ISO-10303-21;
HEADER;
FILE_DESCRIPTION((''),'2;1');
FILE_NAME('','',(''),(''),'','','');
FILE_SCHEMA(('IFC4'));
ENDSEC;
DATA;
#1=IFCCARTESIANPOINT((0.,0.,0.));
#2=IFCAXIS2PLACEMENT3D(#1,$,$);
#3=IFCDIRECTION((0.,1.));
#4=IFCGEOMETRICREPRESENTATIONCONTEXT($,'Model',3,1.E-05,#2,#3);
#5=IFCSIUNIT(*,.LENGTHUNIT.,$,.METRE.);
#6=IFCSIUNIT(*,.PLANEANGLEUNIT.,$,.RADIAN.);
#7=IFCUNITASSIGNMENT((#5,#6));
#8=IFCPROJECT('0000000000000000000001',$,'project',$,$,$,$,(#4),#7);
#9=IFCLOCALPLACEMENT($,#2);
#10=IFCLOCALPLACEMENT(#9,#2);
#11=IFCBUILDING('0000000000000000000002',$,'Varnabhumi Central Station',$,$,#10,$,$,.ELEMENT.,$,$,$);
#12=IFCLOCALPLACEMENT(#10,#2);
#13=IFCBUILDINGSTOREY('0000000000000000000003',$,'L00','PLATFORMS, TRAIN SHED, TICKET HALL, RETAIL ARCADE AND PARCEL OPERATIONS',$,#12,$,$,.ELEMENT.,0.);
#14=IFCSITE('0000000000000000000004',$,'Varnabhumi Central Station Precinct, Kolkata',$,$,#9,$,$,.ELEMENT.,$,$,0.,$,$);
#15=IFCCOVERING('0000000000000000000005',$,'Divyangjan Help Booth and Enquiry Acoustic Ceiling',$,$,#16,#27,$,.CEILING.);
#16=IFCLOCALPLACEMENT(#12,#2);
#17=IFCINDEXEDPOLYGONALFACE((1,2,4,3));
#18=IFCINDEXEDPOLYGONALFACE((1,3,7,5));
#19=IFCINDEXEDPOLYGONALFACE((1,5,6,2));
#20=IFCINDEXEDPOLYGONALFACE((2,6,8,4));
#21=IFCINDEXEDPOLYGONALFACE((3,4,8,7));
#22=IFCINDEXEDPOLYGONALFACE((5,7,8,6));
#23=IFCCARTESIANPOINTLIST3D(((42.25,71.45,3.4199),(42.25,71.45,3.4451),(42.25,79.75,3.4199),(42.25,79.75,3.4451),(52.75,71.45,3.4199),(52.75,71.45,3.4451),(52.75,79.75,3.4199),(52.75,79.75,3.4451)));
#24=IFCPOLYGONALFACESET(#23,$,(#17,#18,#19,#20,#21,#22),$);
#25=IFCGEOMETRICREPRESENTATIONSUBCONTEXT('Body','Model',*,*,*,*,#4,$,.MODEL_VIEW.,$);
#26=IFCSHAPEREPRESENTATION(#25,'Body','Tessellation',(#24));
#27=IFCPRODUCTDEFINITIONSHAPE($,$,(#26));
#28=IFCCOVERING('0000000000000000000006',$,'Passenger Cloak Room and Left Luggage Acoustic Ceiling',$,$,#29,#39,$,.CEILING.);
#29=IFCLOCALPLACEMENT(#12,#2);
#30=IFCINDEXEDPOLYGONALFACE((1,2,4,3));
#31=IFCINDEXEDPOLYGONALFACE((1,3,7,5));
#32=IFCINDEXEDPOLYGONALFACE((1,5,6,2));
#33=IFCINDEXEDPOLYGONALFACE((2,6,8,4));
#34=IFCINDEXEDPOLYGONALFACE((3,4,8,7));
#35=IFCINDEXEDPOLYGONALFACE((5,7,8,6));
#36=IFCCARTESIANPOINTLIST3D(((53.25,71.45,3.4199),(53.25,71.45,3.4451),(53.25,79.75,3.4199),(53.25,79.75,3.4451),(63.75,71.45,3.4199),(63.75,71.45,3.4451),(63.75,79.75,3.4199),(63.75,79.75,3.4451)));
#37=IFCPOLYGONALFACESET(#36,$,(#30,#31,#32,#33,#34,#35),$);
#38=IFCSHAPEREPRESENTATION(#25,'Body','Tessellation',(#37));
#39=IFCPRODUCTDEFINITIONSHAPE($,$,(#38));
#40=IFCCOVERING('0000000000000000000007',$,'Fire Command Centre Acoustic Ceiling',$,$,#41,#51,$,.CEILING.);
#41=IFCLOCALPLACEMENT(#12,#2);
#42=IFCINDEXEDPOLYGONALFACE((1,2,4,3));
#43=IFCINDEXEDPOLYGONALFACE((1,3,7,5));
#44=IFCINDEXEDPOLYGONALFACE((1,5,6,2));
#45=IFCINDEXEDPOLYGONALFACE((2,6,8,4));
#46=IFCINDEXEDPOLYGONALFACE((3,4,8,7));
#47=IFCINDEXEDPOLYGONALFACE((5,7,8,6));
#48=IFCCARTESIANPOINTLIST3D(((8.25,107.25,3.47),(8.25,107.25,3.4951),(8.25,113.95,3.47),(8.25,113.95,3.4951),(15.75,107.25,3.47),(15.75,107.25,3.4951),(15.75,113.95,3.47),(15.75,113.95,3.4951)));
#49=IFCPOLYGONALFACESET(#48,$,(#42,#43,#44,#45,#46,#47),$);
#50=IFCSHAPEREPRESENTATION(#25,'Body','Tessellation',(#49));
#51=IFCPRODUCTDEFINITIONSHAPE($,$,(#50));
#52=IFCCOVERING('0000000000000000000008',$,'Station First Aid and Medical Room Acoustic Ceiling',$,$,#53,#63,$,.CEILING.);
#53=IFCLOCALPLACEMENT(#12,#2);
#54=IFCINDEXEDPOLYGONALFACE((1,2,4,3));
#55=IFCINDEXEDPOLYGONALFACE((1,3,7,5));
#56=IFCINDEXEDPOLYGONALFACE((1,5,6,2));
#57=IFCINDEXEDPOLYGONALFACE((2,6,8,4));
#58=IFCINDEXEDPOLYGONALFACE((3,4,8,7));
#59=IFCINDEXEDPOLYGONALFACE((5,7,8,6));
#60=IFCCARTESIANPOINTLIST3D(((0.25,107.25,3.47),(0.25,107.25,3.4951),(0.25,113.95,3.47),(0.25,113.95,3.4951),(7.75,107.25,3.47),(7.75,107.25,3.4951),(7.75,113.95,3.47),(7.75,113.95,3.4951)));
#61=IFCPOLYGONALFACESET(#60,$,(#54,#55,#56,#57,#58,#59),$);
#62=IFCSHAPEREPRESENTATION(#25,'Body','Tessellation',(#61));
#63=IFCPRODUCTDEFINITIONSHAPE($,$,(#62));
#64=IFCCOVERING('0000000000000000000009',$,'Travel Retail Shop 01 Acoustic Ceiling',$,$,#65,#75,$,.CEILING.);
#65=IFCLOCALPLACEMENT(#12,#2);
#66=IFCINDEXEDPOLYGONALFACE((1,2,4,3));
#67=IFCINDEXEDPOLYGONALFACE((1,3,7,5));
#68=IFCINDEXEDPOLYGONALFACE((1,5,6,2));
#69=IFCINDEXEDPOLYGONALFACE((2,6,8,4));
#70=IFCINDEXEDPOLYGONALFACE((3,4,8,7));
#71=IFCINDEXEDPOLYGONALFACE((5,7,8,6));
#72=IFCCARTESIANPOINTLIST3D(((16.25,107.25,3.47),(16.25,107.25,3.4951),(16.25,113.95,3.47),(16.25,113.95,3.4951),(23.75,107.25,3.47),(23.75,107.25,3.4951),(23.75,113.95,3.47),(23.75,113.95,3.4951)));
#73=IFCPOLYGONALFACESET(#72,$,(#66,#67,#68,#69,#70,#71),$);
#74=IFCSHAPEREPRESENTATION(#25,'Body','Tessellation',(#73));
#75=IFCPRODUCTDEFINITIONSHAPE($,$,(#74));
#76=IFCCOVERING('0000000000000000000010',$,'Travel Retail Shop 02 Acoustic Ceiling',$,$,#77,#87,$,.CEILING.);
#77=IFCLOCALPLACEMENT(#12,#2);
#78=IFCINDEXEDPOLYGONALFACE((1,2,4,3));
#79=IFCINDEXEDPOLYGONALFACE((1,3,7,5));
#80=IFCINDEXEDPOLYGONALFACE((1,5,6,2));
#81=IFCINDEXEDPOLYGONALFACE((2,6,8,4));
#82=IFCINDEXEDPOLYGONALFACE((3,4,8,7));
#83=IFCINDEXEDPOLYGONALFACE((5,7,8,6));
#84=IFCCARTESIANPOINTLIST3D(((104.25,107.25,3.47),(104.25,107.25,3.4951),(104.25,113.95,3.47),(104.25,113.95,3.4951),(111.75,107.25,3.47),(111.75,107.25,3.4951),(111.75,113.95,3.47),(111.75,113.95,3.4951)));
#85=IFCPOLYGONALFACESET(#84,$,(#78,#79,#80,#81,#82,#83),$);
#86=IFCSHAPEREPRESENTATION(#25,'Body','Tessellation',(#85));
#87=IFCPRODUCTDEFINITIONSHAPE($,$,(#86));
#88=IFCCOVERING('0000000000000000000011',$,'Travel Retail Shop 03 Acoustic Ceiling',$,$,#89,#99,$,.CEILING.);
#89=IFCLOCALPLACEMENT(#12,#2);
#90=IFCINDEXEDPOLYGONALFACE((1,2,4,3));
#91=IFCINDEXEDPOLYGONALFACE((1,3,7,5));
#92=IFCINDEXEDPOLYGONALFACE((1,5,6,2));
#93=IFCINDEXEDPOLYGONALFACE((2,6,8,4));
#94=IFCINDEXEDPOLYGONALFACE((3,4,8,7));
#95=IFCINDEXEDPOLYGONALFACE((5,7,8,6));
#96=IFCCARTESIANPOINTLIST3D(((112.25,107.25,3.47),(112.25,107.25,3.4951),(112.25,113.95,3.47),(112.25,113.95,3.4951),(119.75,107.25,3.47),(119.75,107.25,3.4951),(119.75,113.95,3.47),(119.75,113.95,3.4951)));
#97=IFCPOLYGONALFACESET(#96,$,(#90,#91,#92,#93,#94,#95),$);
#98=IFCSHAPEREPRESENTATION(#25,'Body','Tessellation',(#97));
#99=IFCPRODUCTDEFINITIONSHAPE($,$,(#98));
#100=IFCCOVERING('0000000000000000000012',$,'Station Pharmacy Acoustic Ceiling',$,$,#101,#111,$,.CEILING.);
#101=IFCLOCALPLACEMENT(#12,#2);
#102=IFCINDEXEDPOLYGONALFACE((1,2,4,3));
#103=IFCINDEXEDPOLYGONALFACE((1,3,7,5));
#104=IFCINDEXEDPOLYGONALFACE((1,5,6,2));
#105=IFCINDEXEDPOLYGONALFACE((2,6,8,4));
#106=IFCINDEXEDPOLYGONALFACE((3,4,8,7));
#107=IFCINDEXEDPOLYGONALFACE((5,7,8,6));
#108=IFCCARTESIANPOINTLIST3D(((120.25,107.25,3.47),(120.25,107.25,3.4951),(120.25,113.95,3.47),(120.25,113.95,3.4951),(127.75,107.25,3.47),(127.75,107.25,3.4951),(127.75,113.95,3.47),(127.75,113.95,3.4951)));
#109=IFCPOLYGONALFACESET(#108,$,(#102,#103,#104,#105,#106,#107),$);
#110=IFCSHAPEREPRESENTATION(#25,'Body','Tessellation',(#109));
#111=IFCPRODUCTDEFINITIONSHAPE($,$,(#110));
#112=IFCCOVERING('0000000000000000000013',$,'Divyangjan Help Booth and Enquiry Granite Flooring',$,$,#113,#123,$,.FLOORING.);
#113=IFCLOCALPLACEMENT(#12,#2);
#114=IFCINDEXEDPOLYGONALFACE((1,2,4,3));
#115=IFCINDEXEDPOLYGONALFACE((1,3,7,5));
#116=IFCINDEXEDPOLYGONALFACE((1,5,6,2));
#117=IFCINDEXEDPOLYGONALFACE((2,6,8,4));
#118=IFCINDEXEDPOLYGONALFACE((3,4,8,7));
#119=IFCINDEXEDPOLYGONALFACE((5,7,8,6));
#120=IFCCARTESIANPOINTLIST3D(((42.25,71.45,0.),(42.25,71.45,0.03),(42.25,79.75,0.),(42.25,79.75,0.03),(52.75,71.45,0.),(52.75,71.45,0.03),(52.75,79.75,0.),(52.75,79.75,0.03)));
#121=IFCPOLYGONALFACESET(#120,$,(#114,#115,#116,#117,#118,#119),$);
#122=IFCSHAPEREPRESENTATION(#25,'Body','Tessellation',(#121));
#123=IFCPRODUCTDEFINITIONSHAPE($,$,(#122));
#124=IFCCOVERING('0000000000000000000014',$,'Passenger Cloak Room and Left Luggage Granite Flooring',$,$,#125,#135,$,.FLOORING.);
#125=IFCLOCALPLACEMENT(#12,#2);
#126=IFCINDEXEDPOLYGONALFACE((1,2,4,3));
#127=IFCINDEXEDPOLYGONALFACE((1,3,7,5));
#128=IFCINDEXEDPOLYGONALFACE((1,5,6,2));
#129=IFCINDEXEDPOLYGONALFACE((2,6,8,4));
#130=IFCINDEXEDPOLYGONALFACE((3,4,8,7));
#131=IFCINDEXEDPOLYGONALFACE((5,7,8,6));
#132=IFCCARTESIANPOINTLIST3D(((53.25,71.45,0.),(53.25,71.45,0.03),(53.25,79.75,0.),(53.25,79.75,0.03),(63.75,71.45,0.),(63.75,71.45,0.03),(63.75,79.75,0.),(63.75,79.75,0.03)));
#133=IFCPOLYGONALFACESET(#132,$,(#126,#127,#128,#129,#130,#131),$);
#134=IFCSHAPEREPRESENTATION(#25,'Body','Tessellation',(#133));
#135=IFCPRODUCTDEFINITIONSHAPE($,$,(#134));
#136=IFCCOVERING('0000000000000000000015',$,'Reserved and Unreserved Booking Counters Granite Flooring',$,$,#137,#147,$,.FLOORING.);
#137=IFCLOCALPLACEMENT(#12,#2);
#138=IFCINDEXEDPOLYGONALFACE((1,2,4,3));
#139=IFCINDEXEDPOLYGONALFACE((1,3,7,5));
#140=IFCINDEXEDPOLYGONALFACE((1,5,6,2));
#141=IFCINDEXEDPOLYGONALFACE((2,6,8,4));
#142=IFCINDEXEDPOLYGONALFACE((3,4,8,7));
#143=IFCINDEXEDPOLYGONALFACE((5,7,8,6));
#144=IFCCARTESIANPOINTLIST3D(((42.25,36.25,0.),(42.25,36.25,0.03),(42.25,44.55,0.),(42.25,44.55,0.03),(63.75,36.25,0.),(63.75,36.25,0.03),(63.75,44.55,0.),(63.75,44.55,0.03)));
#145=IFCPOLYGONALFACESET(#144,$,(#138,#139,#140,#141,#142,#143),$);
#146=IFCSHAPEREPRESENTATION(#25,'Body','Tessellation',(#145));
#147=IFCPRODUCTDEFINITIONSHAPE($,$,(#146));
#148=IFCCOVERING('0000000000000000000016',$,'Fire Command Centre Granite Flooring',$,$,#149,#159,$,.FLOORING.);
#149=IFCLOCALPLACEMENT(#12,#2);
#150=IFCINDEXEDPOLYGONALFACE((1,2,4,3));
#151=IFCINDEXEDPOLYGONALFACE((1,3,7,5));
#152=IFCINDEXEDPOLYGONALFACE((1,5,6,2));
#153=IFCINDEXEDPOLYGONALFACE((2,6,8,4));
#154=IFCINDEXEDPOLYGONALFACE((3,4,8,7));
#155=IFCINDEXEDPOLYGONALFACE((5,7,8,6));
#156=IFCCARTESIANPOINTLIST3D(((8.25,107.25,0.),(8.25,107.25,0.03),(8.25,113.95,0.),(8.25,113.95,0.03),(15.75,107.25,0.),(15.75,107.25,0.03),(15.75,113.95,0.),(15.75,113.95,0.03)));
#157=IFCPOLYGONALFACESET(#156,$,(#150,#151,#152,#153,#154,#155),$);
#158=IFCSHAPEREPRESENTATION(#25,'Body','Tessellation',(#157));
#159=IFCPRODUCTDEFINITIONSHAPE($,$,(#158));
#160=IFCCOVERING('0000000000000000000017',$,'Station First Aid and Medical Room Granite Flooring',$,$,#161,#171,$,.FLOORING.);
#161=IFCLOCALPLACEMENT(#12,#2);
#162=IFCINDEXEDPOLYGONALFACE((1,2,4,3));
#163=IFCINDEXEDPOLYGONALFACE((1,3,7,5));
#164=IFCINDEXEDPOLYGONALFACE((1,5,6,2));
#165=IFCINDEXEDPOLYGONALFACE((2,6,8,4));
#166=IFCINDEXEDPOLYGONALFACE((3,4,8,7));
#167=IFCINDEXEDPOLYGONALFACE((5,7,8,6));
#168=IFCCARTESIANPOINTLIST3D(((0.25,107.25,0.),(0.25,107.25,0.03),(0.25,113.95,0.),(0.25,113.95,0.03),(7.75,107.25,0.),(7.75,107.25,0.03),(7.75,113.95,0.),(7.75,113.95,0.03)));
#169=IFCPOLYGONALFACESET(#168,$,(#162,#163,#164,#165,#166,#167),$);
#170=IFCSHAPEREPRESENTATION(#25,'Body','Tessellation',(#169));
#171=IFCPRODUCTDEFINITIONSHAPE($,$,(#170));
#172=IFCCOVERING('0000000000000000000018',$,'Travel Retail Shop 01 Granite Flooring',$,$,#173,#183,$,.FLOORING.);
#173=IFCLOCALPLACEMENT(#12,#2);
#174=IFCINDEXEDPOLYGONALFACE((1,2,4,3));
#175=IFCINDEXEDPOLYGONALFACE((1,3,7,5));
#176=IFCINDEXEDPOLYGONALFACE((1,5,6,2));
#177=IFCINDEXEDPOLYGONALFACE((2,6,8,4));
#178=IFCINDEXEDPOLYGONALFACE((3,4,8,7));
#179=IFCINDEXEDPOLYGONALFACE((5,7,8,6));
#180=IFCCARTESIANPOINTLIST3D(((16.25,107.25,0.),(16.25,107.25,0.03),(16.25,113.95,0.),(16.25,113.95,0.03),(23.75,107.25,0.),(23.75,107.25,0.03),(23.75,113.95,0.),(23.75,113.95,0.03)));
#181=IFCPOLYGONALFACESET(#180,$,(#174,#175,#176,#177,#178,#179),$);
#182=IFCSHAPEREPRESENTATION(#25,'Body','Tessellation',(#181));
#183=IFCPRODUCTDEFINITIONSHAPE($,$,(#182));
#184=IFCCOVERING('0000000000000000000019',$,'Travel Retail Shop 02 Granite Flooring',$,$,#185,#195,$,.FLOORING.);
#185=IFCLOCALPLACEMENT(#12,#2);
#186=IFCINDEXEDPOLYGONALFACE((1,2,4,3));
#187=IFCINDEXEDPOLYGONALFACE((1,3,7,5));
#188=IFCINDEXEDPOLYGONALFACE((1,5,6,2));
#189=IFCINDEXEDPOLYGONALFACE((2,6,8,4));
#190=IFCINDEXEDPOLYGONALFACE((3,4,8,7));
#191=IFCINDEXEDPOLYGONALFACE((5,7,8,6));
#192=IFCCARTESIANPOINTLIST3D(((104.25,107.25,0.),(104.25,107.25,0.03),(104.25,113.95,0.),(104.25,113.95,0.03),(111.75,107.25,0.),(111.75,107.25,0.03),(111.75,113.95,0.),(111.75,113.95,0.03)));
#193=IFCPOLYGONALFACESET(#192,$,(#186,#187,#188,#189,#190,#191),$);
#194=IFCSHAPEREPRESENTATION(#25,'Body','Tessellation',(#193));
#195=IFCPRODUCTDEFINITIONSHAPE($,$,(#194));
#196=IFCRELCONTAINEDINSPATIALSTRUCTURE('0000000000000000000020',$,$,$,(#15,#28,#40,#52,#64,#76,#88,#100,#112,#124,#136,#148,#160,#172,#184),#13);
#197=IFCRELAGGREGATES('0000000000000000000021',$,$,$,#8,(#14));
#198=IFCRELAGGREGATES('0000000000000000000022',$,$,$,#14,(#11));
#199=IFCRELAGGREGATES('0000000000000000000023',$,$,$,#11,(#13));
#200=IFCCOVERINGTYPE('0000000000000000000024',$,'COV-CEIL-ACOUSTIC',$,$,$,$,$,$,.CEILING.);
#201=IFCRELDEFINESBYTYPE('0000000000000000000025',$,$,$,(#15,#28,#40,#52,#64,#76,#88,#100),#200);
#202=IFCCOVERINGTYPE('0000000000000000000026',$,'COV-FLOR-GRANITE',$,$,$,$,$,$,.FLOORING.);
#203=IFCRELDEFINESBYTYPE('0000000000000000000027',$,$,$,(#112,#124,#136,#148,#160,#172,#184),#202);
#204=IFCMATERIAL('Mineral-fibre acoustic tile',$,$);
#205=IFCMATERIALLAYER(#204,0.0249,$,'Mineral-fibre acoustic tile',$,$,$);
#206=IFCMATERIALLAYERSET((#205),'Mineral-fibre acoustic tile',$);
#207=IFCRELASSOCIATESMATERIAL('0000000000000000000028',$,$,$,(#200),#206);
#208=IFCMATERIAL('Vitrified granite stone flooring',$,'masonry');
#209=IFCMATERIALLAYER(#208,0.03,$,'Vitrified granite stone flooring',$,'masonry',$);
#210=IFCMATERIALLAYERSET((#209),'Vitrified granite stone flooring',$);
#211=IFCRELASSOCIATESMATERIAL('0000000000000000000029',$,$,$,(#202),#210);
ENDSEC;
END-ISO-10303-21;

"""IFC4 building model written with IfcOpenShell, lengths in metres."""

from ifc_helpers import new_model, si_unit, direction, frame, origin, place, context, subcontext, project, spatial, polyline, outline, extrude, material, layer, layer_set, type_object, element, save


model = new_model("IFC4")

# Units and contexts
model_context = context("Model", 3, precision=1e-05, world=origin(), true_north=direction((0.0, 1.0)))
body_context = subcontext(model_context, "Body", "Model", "MODEL_VIEW")
ifc_project = project(units=[si_unit("LENGTHUNIT", "METRE"), si_unit("PLANEANGLEUNIT", "RADIAN")], contexts=[model_context])

# Site, building, storey
site_placement = place(None, origin())
site = spatial("IfcSite", under=ifc_project, at=site_placement, Name="Varnabhumi Central Station Precinct, Kolkata", CompositionType="ELEMENT", RefElevation=0.0)
building_placement = place(site_placement, origin())
building = spatial("IfcBuilding", under=site, at=building_placement, Name="Varnabhumi Central Station", CompositionType="ELEMENT")
storey_placement = place(building_placement, origin())
storey = spatial("IfcBuildingStorey", under=building, at=storey_placement, Name="L00", Description="PLATFORMS, TRAIN SHED, TICKET HALL, RETAIL ARCADE AND PARCEL OPERATIONS", CompositionType="ELEMENT", Elevation=0.0)

# Coverings
ifc_material_1 = material(Name="Mineral-fibre acoustic tile")
ifc_layer_1 = layer(ifc_material_1, 0.0249, Name="Mineral-fibre acoustic tile")
ifc_layer_set_1 = layer_set([ifc_layer_1], Name="Mineral-fibre acoustic tile")
covering_type_1 = type_object("IfcCoveringType", Name="COV-CEIL-ACOUSTIC", PredefinedType="CEILING", material=ifc_layer_set_1)
covering_1_placement = place(storey_placement, frame((0.0, 0.0, 3.4199)))
element("IfcCovering", 1, at=covering_1_placement, inside=storey, type_object=covering_type_1, Name="Divyangjan Help Booth and Enquiry Acoustic Ceiling", PredefinedType="CEILING", context=body_context, shape_type="SweptSolid", body=[
    extrude(outline(polyline([(42.25, 71.45), (52.75, 71.45), (52.75, 79.75), (42.25, 79.75), (42.25, 71.45)])), origin(), (0.0, 0.0, 1.0), 0.0251),
])
covering_2_placement = place(storey_placement, frame((0.0, 0.0, 3.4199)))
element("IfcCovering", 2, at=covering_2_placement, inside=storey, type_object=covering_type_1, Name="Passenger Cloak Room and Left Luggage Acoustic Ceiling", PredefinedType="CEILING", context=body_context, shape_type="SweptSolid", body=[
    extrude(outline(polyline([(53.25, 71.45), (63.75, 71.45), (63.75, 79.75), (53.25, 79.75), (53.25, 71.45)])), origin(), (0.0, 0.0, 1.0), 0.0251),
])
covering_3_placement = place(storey_placement, frame((0.0, 0.0, 3.47)))
element("IfcCovering", 3, at=covering_3_placement, inside=storey, type_object=covering_type_1, Name="Fire Command Centre Acoustic Ceiling", PredefinedType="CEILING", context=body_context, shape_type="SweptSolid", body=[
    extrude(outline(polyline([(8.25, 107.25), (15.75, 107.25), (15.75, 113.95), (8.25, 113.95), (8.25, 107.25)])), origin(), (0.0, 0.0, 1.0), 0.0251),
])
covering_4_placement = place(storey_placement, frame((0.0, 0.0, 3.47)))
element("IfcCovering", 4, at=covering_4_placement, inside=storey, type_object=covering_type_1, Name="Station First Aid and Medical Room Acoustic Ceiling", PredefinedType="CEILING", context=body_context, shape_type="SweptSolid", body=[
    extrude(outline(polyline([(0.25, 107.25), (7.75, 107.25), (7.75, 113.95), (0.25, 113.95), (0.25, 107.25)])), origin(), (0.0, 0.0, 1.0), 0.0251),
])
covering_5_placement = place(storey_placement, frame((0.0, 0.0, 3.47)))
element("IfcCovering", 5, at=covering_5_placement, inside=storey, type_object=covering_type_1, Name="Travel Retail Shop 01 Acoustic Ceiling", PredefinedType="CEILING", context=body_context, shape_type="SweptSolid", body=[
    extrude(outline(polyline([(16.25, 107.25), (23.75, 107.25), (23.75, 113.95), (16.25, 113.95), (16.25, 107.25)])), origin(), (0.0, 0.0, 1.0), 0.0251),
])
covering_6_placement = place(storey_placement, frame((0.0, 0.0, 3.47)))
element("IfcCovering", 6, at=covering_6_placement, inside=storey, type_object=covering_type_1, Name="Travel Retail Shop 02 Acoustic Ceiling", PredefinedType="CEILING", context=body_context, shape_type="SweptSolid", body=[
    extrude(outline(polyline([(104.25, 107.25), (111.75, 107.25), (111.75, 113.95), (104.25, 113.95), (104.25, 107.25)])), origin(), (0.0, 0.0, 1.0), 0.0251),
])
covering_7_placement = place(storey_placement, frame((0.0, 0.0, 3.47)))
element("IfcCovering", 7, at=covering_7_placement, inside=storey, type_object=covering_type_1, Name="Travel Retail Shop 03 Acoustic Ceiling", PredefinedType="CEILING", context=body_context, shape_type="SweptSolid", body=[
    extrude(outline(polyline([(112.25, 107.25), (119.75, 107.25), (119.75, 113.95), (112.25, 113.95), (112.25, 107.25)])), origin(), (0.0, 0.0, 1.0), 0.0251),
])
covering_8_placement = place(storey_placement, frame((0.0, 0.0, 3.47)))
element("IfcCovering", 8, at=covering_8_placement, inside=storey, type_object=covering_type_1, Name="Station Pharmacy Acoustic Ceiling", PredefinedType="CEILING", context=body_context, shape_type="SweptSolid", body=[
    extrude(outline(polyline([(120.25, 107.25), (127.75, 107.25), (127.75, 113.95), (120.25, 113.95), (120.25, 107.25)])), origin(), (0.0, 0.0, 1.0), 0.0251),
])
ifc_material_2 = material(Name="Vitrified granite stone flooring", Category="masonry")
ifc_layer_2 = layer(ifc_material_2, 0.03, Name="Vitrified granite stone flooring", Category="masonry")
ifc_layer_set_2 = layer_set([ifc_layer_2], Name="Vitrified granite stone flooring")
covering_type_2 = type_object("IfcCoveringType", Name="COV-FLOR-GRANITE", PredefinedType="FLOORING", material=ifc_layer_set_2)
covering_9_placement = place(storey_placement, origin())
element("IfcCovering", 9, at=covering_9_placement, inside=storey, type_object=covering_type_2, Name="Divyangjan Help Booth and Enquiry Granite Flooring", PredefinedType="FLOORING", context=body_context, shape_type="SweptSolid", body=[
    extrude(outline(polyline([(42.25, 71.45), (52.75, 71.45), (52.75, 79.75), (42.25, 79.75), (42.25, 71.45)])), origin(), (0.0, 0.0, 1.0), 0.03),
])
covering_10_placement = place(storey_placement, origin())
element("IfcCovering", 10, at=covering_10_placement, inside=storey, type_object=covering_type_2, Name="Passenger Cloak Room and Left Luggage Granite Flooring", PredefinedType="FLOORING", context=body_context, shape_type="SweptSolid", body=[
    extrude(outline(polyline([(53.25, 71.45), (63.75, 71.45), (63.75, 79.75), (53.25, 79.75), (53.25, 71.45)])), origin(), (0.0, 0.0, 1.0), 0.03),
])
covering_11_placement = place(storey_placement, origin())
element("IfcCovering", 11, at=covering_11_placement, inside=storey, type_object=covering_type_2, Name="Reserved and Unreserved Booking Counters Granite Flooring", PredefinedType="FLOORING", context=body_context, shape_type="SweptSolid", body=[
    extrude(outline(polyline([(42.25, 36.25), (63.75, 36.25), (63.75, 44.55), (42.25, 44.55), (42.25, 36.25)])), origin(), (0.0, 0.0, 1.0), 0.03),
])
covering_12_placement = place(storey_placement, origin())
element("IfcCovering", 12, at=covering_12_placement, inside=storey, type_object=covering_type_2, Name="Fire Command Centre Granite Flooring", PredefinedType="FLOORING", context=body_context, shape_type="SweptSolid", body=[
    extrude(outline(polyline([(8.25, 107.25), (15.75, 107.25), (15.75, 113.95), (8.25, 113.95), (8.25, 107.25)])), origin(), (0.0, 0.0, 1.0), 0.03),
])
covering_13_placement = place(storey_placement, origin())
element("IfcCovering", 13, at=covering_13_placement, inside=storey, type_object=covering_type_2, Name="Station First Aid and Medical Room Granite Flooring", PredefinedType="FLOORING", context=body_context, shape_type="SweptSolid", body=[
    extrude(outline(polyline([(0.25, 107.25), (7.75, 107.25), (7.75, 113.95), (0.25, 113.95), (0.25, 107.25)])), origin(), (0.0, 0.0, 1.0), 0.03),
])
covering_14_placement = place(storey_placement, origin())
element("IfcCovering", 14, at=covering_14_placement, inside=storey, type_object=covering_type_2, Name="Travel Retail Shop 01 Granite Flooring", PredefinedType="FLOORING", context=body_context, shape_type="SweptSolid", body=[
    extrude(outline(polyline([(16.25, 107.25), (23.75, 107.25), (23.75, 113.95), (16.25, 113.95), (16.25, 107.25)])), origin(), (0.0, 0.0, 1.0), 0.03),
])
covering_15_placement = place(storey_placement, origin())
element("IfcCovering", 15, at=covering_15_placement, inside=storey, type_object=covering_type_2, Name="Travel Retail Shop 02 Granite Flooring", PredefinedType="FLOORING", context=body_context, shape_type="SweptSolid", body=[
    extrude(outline(polyline([(104.25, 107.25), (111.75, 107.25), (111.75, 113.95), (104.25, 113.95), (104.25, 107.25)])), origin(), (0.0, 0.0, 1.0), 0.03),
])

save(model, "model.ifc")
